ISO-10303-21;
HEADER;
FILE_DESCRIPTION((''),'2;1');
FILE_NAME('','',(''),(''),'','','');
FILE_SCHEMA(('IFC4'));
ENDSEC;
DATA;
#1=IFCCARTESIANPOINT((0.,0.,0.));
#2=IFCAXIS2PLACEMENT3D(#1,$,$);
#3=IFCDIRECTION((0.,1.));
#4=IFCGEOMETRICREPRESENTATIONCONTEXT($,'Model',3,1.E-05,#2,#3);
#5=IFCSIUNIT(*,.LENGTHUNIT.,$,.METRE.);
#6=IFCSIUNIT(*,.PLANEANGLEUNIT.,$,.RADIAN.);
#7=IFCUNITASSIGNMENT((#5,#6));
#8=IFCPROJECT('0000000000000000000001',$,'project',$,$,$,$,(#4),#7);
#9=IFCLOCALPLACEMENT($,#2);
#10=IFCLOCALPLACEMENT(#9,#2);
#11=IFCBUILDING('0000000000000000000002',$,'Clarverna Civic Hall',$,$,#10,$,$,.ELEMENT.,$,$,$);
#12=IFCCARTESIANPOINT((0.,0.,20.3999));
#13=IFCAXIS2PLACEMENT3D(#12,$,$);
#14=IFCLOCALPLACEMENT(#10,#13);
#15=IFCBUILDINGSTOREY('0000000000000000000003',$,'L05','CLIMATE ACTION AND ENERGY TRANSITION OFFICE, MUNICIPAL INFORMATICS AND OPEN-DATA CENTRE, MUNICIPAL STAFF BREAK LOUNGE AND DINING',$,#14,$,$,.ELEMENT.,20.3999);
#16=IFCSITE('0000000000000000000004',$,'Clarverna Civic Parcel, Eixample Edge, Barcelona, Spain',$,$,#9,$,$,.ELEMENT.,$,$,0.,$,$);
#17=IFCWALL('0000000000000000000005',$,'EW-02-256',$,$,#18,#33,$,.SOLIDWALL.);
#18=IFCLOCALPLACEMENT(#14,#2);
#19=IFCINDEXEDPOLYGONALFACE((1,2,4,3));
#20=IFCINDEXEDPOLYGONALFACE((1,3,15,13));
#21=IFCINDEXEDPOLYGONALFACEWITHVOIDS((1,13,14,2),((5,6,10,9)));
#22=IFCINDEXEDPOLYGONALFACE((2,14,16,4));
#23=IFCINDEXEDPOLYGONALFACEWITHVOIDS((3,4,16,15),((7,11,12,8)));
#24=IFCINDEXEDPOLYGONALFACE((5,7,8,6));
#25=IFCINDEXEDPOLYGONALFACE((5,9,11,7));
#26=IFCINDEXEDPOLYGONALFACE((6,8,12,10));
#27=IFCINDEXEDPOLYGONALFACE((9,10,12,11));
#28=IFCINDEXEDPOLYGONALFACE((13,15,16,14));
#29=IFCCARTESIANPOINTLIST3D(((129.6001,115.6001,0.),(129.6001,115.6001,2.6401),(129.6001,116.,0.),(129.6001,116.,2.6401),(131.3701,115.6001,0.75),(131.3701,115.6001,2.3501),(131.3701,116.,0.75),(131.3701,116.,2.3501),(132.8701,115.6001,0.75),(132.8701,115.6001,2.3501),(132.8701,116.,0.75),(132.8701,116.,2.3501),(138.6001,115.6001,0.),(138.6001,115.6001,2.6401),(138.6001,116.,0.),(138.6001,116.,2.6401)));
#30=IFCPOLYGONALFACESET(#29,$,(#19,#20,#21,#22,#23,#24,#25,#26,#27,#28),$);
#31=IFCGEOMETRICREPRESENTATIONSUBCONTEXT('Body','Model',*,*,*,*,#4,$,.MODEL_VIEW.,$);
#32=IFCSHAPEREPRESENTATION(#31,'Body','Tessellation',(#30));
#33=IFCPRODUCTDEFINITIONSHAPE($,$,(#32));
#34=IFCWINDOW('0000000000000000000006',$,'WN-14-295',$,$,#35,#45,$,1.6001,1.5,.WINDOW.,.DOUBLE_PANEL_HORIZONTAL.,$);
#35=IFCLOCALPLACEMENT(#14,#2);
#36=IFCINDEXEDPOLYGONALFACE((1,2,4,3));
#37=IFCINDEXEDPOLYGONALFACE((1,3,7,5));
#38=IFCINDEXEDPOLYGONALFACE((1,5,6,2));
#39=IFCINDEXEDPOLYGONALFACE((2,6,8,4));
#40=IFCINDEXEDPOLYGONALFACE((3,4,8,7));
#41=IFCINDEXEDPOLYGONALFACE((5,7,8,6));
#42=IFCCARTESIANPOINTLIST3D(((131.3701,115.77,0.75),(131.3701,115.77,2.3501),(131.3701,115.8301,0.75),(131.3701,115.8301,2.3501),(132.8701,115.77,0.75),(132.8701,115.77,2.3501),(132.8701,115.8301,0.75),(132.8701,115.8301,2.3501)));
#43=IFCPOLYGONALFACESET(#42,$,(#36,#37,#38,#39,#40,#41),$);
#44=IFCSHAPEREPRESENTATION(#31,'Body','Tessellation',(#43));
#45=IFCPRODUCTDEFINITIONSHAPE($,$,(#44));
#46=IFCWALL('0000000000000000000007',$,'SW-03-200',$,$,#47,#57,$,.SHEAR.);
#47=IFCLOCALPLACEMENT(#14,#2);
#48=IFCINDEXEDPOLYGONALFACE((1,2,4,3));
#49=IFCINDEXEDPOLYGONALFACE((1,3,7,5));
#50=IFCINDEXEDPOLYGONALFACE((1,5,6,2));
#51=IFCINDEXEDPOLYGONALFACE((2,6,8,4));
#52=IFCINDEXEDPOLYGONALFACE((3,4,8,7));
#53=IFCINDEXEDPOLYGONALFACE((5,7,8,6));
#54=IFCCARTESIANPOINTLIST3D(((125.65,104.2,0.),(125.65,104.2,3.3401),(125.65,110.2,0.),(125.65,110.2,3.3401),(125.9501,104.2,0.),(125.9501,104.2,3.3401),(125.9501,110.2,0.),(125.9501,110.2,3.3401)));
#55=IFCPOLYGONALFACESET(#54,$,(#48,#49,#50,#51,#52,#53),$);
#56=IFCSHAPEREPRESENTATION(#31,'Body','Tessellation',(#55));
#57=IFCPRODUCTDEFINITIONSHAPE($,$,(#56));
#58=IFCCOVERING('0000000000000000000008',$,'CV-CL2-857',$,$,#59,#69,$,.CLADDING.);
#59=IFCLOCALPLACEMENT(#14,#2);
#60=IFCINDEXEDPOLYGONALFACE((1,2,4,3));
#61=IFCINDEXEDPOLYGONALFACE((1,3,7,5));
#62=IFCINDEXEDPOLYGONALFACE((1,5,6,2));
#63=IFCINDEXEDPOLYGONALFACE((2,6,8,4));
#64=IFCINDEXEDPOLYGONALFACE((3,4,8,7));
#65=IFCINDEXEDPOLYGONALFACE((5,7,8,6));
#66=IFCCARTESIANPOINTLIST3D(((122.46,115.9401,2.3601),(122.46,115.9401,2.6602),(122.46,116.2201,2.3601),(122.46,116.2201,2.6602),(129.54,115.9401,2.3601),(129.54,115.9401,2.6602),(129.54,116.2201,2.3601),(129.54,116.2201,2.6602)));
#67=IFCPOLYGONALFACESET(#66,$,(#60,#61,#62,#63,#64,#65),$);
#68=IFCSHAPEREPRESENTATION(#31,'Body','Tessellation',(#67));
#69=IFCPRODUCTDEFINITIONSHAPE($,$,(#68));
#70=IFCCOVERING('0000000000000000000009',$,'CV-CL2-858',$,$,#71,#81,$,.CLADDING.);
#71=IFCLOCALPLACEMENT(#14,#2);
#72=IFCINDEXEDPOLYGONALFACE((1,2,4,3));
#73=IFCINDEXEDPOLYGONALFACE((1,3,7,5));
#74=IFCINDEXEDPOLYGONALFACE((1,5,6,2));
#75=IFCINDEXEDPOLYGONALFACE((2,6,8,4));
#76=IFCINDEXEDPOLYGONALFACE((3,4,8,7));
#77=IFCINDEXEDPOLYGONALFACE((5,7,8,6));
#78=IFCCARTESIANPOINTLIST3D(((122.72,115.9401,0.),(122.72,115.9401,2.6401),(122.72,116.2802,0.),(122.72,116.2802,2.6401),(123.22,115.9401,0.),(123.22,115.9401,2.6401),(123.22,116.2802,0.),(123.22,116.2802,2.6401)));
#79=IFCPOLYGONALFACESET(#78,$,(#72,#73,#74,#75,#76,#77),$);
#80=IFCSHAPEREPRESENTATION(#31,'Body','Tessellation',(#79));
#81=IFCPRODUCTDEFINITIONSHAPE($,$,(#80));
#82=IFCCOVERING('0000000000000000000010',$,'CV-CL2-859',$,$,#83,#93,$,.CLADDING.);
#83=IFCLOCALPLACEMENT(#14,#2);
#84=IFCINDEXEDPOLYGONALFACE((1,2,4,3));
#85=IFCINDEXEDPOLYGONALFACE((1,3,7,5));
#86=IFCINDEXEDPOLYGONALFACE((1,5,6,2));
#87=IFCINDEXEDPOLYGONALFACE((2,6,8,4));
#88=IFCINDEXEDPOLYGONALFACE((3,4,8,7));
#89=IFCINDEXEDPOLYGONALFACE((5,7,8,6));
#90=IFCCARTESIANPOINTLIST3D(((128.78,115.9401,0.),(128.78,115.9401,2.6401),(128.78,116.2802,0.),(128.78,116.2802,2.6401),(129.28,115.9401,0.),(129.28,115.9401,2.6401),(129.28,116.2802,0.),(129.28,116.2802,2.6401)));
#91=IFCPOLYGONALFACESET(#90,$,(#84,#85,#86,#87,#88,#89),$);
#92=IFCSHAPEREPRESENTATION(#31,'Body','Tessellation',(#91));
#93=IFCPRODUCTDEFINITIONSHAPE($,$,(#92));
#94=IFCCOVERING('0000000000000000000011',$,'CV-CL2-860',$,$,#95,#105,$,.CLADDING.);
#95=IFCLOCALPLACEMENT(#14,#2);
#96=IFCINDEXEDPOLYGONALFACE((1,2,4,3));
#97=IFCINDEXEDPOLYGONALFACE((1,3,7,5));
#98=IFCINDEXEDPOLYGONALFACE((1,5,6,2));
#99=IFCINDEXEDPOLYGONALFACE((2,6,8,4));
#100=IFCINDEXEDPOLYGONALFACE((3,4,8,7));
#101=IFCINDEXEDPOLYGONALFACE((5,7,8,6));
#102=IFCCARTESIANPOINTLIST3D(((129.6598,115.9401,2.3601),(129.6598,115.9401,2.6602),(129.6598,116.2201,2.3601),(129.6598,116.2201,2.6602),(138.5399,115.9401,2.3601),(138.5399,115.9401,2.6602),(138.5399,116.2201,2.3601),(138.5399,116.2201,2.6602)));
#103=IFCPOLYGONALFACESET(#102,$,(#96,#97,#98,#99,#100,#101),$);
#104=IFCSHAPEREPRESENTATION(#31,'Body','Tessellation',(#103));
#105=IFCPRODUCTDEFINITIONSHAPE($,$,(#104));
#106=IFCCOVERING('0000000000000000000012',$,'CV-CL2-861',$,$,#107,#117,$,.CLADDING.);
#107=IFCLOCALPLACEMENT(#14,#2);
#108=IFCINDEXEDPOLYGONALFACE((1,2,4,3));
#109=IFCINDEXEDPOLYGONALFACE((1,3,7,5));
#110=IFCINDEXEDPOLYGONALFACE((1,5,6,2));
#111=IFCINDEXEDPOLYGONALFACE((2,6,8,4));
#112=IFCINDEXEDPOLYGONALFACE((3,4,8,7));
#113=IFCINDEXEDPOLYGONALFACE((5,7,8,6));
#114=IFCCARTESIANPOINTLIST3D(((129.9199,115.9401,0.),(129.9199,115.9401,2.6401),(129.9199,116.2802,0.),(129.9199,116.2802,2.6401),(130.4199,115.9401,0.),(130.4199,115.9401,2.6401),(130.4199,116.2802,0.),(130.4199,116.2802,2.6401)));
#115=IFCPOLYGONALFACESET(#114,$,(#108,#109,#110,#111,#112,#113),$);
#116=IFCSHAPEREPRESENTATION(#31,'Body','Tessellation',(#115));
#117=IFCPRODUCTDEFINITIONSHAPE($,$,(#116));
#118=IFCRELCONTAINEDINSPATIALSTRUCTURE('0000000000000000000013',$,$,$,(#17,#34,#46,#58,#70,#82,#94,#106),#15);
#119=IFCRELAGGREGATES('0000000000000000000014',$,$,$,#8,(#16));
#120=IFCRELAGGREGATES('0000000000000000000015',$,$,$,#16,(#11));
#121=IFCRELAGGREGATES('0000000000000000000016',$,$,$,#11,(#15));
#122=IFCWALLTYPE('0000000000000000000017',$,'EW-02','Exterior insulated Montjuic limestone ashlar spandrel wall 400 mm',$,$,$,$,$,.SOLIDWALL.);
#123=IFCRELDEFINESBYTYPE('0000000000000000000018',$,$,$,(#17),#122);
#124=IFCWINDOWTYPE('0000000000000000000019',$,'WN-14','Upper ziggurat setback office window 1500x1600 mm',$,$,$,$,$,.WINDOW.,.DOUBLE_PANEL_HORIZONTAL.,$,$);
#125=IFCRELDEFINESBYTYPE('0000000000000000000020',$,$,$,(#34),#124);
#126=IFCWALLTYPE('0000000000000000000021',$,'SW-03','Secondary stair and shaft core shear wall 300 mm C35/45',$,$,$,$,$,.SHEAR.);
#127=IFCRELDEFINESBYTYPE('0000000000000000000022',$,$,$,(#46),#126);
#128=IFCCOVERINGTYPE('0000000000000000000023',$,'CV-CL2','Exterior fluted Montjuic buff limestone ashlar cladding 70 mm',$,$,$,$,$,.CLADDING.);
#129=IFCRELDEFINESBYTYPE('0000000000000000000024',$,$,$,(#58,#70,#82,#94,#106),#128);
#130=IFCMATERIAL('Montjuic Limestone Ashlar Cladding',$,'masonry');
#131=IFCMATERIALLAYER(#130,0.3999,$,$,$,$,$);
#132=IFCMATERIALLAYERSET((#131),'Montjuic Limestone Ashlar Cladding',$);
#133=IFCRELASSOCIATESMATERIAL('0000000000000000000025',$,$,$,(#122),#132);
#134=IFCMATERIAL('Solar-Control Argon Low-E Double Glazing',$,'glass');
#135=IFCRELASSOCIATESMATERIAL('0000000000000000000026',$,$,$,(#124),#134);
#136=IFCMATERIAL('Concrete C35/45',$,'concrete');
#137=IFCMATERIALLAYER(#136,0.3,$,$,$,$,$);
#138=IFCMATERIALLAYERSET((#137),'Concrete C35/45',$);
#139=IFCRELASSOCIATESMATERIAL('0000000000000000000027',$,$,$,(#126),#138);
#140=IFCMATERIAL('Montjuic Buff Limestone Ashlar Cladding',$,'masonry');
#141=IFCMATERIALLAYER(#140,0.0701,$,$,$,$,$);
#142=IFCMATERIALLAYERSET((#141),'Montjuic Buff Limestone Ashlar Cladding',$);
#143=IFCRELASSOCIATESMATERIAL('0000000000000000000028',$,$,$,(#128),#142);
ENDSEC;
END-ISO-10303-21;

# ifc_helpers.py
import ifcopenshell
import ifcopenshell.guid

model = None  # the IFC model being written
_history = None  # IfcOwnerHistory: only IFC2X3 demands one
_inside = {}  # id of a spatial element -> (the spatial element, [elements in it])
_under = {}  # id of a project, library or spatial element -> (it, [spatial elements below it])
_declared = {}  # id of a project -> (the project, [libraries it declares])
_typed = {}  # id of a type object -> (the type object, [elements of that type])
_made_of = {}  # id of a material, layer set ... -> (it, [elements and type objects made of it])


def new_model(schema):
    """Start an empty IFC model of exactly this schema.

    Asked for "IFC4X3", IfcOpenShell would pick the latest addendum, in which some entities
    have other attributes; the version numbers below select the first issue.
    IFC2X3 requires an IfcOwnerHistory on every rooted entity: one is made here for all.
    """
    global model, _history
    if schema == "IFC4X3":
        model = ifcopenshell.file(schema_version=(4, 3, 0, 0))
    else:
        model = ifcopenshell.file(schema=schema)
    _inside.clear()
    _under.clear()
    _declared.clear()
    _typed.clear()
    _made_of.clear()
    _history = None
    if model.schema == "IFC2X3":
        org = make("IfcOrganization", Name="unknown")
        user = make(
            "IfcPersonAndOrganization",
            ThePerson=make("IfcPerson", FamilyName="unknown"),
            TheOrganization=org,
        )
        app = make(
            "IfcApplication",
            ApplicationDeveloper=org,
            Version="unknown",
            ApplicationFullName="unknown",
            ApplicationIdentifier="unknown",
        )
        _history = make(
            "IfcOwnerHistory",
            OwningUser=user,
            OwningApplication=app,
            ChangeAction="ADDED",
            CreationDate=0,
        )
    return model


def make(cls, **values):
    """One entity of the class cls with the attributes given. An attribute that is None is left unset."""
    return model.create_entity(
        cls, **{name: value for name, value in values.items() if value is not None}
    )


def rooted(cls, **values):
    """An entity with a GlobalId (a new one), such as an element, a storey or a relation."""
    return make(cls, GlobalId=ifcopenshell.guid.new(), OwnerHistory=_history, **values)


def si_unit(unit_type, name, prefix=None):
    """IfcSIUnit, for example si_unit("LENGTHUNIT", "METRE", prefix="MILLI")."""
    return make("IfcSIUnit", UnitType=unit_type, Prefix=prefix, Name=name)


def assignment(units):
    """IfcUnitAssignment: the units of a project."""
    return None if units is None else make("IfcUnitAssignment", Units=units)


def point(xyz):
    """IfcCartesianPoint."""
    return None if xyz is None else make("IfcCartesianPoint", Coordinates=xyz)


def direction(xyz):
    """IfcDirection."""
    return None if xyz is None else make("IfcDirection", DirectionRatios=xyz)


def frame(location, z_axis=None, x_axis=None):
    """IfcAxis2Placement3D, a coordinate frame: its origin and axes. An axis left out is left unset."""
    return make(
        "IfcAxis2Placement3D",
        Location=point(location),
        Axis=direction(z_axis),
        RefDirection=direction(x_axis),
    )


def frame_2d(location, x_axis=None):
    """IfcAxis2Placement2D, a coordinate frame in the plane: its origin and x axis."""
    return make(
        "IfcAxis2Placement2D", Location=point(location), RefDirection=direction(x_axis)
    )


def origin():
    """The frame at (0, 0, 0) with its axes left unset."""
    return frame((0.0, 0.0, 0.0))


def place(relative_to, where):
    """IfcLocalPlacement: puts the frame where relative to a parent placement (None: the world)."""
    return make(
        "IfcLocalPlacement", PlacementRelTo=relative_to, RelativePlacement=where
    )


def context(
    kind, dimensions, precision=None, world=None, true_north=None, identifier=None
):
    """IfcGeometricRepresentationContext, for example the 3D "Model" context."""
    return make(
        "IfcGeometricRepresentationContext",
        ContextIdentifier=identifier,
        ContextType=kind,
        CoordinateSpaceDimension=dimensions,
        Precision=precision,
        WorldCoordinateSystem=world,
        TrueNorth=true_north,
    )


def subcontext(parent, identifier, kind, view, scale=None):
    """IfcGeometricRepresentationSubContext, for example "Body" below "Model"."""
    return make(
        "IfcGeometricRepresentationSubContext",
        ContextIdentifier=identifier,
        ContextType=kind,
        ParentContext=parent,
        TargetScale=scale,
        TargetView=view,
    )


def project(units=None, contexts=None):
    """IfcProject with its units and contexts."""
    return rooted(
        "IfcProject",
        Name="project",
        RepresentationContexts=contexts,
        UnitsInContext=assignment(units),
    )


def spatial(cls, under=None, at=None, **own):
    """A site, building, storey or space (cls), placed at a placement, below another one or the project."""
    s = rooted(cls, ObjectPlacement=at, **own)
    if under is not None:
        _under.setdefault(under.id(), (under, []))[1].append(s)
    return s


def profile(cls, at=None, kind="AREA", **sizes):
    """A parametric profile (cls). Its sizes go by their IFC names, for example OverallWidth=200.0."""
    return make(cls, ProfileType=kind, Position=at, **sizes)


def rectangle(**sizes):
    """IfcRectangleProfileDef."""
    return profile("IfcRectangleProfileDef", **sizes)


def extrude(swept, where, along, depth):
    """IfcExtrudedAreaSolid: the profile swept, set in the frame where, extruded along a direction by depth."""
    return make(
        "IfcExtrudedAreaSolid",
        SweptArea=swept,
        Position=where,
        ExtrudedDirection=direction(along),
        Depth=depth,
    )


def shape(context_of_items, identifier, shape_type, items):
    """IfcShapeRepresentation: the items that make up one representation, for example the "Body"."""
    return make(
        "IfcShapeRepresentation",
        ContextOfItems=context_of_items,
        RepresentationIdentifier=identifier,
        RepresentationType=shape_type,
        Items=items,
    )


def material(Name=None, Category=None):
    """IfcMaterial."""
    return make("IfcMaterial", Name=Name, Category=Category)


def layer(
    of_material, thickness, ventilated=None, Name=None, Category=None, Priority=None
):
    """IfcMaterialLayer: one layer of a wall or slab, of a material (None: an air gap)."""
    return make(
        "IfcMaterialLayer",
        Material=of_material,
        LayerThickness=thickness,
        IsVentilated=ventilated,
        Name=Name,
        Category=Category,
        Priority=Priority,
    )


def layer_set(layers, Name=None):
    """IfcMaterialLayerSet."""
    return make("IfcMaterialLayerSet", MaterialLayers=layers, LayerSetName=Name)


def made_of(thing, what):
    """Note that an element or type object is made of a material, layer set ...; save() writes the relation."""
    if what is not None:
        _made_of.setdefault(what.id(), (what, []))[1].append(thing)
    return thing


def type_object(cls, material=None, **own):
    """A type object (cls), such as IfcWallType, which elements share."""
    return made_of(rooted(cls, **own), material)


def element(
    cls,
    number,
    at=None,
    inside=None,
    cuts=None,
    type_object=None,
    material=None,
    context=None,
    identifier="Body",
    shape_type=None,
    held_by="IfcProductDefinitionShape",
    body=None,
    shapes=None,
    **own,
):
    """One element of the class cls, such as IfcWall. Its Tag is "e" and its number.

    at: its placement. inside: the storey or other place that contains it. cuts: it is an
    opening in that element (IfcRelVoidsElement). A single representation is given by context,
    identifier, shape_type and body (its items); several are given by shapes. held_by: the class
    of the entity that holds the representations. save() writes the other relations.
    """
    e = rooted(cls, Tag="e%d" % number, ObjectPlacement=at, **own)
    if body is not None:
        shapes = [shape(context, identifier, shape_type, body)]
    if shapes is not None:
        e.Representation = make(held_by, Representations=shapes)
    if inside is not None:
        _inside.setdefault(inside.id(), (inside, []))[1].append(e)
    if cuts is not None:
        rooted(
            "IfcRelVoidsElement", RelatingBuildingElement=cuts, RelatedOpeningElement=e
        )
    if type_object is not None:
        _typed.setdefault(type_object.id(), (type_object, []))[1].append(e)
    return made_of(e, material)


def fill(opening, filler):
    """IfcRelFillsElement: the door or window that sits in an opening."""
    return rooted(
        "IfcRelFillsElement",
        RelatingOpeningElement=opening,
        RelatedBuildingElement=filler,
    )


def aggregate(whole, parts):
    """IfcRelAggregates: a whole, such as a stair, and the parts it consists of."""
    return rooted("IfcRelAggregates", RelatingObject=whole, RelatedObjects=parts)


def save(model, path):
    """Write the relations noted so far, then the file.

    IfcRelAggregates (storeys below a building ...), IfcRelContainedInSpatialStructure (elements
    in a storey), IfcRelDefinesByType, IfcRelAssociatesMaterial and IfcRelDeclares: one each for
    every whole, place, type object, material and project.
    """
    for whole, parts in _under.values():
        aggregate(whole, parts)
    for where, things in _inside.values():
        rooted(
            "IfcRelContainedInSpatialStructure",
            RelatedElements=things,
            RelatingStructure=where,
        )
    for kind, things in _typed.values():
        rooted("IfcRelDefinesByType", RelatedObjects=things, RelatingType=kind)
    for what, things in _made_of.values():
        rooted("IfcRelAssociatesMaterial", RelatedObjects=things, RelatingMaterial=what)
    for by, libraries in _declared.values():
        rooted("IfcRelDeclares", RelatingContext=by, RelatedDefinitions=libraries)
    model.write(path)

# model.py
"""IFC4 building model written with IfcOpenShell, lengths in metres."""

from ifc_helpers import new_model, si_unit, direction, frame, frame_2d, origin, place, context, subcontext, project, spatial, rectangle, extrude, material, layer, layer_set, type_object, element, fill, save


model = new_model("IFC4")

# Units and contexts
model_context = context("Model", 3, precision=1e-05, world=origin(), true_north=direction((0.0, 1.0)))
body_context = subcontext(model_context, "Body", "Model", "MODEL_VIEW")
ifc_project = project(units=[si_unit("LENGTHUNIT", "METRE"), si_unit("PLANEANGLEUNIT", "RADIAN")], contexts=[model_context])

# Site, building, storey
site_placement = place(None, origin())
site = spatial("IfcSite", under=ifc_project, at=site_placement, Name="Clarverna Civic Parcel, Eixample Edge, Barcelona, Spain", CompositionType="ELEMENT", RefElevation=0.0)
building_placement = place(site_placement, origin())
building = spatial("IfcBuilding", under=site, at=building_placement, Name="Clarverna Civic Hall", CompositionType="ELEMENT")
storey_placement = place(building_placement, frame((0.0, 0.0, 20.3999)))
storey = spatial("IfcBuildingStorey", under=building, at=storey_placement, Name="L05", Description="CLIMATE ACTION AND ENERGY TRANSITION OFFICE, MUNICIPAL INFORMATICS AND OPEN-DATA CENTRE, MUNICIPAL STAFF BREAK LOUNGE AND DINING", CompositionType="ELEMENT", Elevation=20.3999)

# Shared definitions
ifc_material_1 = material(Name="Concrete C35/45", Category="concrete")

# Shared definitions
ifc_material_2 = material(Name="Montjuic Limestone Ashlar Cladding", Category="masonry")
ifc_layer_1 = layer(ifc_material_2, 0.3999)
ifc_layer_set_1 = layer_set([ifc_layer_1], Name="Montjuic Limestone Ashlar Cladding")
wall_type_1 = type_object("IfcWallType", Name="EW-02", Description="Exterior insulated Montjuic limestone ashlar spandrel wall 400 mm", PredefinedType="SOLIDWALL", material=ifc_layer_set_1)
ifc_material_3 = material(Name="Solar-Control Argon Low-E Double Glazing", Category="glass")
window_type = type_object("IfcWindowType", Name="WN-14", Description="Upper ziggurat setback office window 1500x1600 mm", PartitioningType="DOUBLE_PANEL_HORIZONTAL", PredefinedType="WINDOW", material=ifc_material_3)

# Wall, opening, window
wall_1_placement = place(storey_placement, frame((129.6001, 115.8, 0.0), z_axis=(0.0, 0.0, 1.0), x_axis=(1.0, 0.0, 0.0)))
wall_1 = element("IfcWall", 1, at=wall_1_placement, inside=storey, type_object=wall_type_1, Name="EW-02-256", PredefinedType="SOLIDWALL", context=body_context, shape_type="SweptSolid", body=[
    extrude(rectangle(XDim=9.0, YDim=0.3999, at=frame_2d((4.5, 0.0))), origin(), (0.0, 0.0, 1.0), 2.6401),
])
opening_1_placement = place(wall_1_placement, frame((1.77, 0.0, 0.75)))
opening_1 = element("IfcOpeningElement", 2, at=opening_1_placement, cuts=wall_1, PredefinedType="OPENING", context=body_context, shape_type="SweptSolid", body=[
    extrude(rectangle(XDim=1.5, YDim=1.6001, at=frame_2d((0.75, 0.8))), frame((0.0, 0.21, 0.0), z_axis=(0.0, -1.0, 0.0), x_axis=(1.0, 0.0, 0.0)), (0.0, 0.0, 1.0), 0.4199),
])
window_1_placement = place(opening_1_placement, origin())
window_1 = element("IfcWindow", 3, at=window_1_placement, inside=storey, type_object=window_type, Name="WN-14-295", OverallHeight=1.6001, OverallWidth=1.5, PartitioningType="DOUBLE_PANEL_HORIZONTAL", PredefinedType="WINDOW", context=body_context, shape_type="SweptSolid", body=[
    extrude(rectangle(XDim=1.5, YDim=1.6001, at=frame_2d((0.75, 0.8))), frame((0.0, 0.03, 0.0), z_axis=(0.0, -1.0, 0.0), x_axis=(1.0, 0.0, 0.0)), (0.0, 0.0, 1.0), 0.0601),
])
fill(opening_1, window_1)

# Wall
ifc_layer_2 = layer(ifc_material_1, 0.3)
ifc_layer_set_2 = layer_set([ifc_layer_2], Name="Concrete C35/45")
wall_type_2 = type_object("IfcWallType", Name="SW-03", Description="Secondary stair and shaft core shear wall 300 mm C35/45", PredefinedType="SHEAR", material=ifc_layer_set_2)
wall_2_placement = place(storey_placement, frame((125.8, 104.2, 0.0), z_axis=(0.0, 0.0, 1.0), x_axis=(0.0, 1.0, 0.0)))
element("IfcWall", 4, at=wall_2_placement, inside=storey, type_object=wall_type_2, Name="SW-03-200", PredefinedType="SHEAR", context=body_context, shape_type="SweptSolid", body=[
    extrude(rectangle(XDim=6.0, YDim=0.3, at=frame_2d((3.0, 0.0))), origin(), (0.0, 0.0, 1.0), 3.3401),
])

# Coverings
ifc_material_4 = material(Name="Montjuic Buff Limestone Ashlar Cladding", Category="masonry")
ifc_layer_3 = layer(ifc_material_4, 0.0701)
ifc_layer_set_3 = layer_set([ifc_layer_3], Name="Montjuic Buff Limestone Ashlar Cladding")
covering_type = type_object("IfcCoveringType", Name="CV-CL2", Description="Exterior fluted Montjuic buff limestone ashlar cladding 70 mm", PredefinedType="CLADDING", material=ifc_layer_set_3)
covering_1_placement = place(storey_placement, frame((122.46, 116.0801, 2.3601), z_axis=(0.0, 0.0, 1.0), x_axis=(1.0, 0.0, 0.0)))
element("IfcCovering", 5, at=covering_1_placement, inside=storey, type_object=covering_type, Name="CV-CL2-857", PredefinedType="CLADDING", context=body_context, shape_type="SweptSolid", body=[
    extrude(rectangle(XDim=7.0801, YDim=0.28, at=frame_2d((3.54, 0.0))), origin(), (0.0, 0.0, 1.0), 0.3),
])
for number, where, z_axis, x_axis, name in (
    (6, (122.72, 116.1101, 0.0), (0.0, 0.0, 1.0), (1.0, 0.0, 0.0), "CV-CL2-858"),
    (7, (128.78, 116.1101, 0.0), (0.0, 0.0, 1.0), (1.0, 0.0, 0.0), "CV-CL2-859"),
):
    element("IfcCovering", number, at=place(storey_placement, frame(where, z_axis=z_axis, x_axis=x_axis)), inside=storey, type_object=covering_type, Name=name, PredefinedType="CLADDING", context=body_context, shape_type="SweptSolid", body=[
        extrude(rectangle(XDim=0.5, YDim=0.3401, at=frame_2d((0.25, 0.0))), origin(), (0.0, 0.0, 1.0), 2.6401),
    ])
covering_2_placement = place(storey_placement, frame((129.6599, 116.0801, 2.3601), z_axis=(0.0, 0.0, 1.0), x_axis=(1.0, 0.0, 0.0)))
element("IfcCovering", 8, at=covering_2_placement, inside=storey, type_object=covering_type, Name="CV-CL2-860", PredefinedType="CLADDING", context=body_context, shape_type="SweptSolid", body=[
    extrude(rectangle(XDim=8.8801, YDim=0.28, at=frame_2d((4.4399, 0.0))), origin(), (0.0, 0.0, 1.0), 0.3),
])
covering_3_placement = place(storey_placement, frame((129.9199, 116.1101, 0.0), z_axis=(0.0, 0.0, 1.0), x_axis=(1.0, 0.0, 0.0)))
element("IfcCovering", 9, at=covering_3_placement, inside=storey, type_object=covering_type, Name="CV-CL2-861", PredefinedType="CLADDING", context=body_context, shape_type="SweptSolid", body=[
    extrude(rectangle(XDim=0.5, YDim=0.3401, at=frame_2d((0.25, 0.0))), origin(), (0.0, 0.0, 1.0), 2.6401),
])

save(model, "model.ifc")
